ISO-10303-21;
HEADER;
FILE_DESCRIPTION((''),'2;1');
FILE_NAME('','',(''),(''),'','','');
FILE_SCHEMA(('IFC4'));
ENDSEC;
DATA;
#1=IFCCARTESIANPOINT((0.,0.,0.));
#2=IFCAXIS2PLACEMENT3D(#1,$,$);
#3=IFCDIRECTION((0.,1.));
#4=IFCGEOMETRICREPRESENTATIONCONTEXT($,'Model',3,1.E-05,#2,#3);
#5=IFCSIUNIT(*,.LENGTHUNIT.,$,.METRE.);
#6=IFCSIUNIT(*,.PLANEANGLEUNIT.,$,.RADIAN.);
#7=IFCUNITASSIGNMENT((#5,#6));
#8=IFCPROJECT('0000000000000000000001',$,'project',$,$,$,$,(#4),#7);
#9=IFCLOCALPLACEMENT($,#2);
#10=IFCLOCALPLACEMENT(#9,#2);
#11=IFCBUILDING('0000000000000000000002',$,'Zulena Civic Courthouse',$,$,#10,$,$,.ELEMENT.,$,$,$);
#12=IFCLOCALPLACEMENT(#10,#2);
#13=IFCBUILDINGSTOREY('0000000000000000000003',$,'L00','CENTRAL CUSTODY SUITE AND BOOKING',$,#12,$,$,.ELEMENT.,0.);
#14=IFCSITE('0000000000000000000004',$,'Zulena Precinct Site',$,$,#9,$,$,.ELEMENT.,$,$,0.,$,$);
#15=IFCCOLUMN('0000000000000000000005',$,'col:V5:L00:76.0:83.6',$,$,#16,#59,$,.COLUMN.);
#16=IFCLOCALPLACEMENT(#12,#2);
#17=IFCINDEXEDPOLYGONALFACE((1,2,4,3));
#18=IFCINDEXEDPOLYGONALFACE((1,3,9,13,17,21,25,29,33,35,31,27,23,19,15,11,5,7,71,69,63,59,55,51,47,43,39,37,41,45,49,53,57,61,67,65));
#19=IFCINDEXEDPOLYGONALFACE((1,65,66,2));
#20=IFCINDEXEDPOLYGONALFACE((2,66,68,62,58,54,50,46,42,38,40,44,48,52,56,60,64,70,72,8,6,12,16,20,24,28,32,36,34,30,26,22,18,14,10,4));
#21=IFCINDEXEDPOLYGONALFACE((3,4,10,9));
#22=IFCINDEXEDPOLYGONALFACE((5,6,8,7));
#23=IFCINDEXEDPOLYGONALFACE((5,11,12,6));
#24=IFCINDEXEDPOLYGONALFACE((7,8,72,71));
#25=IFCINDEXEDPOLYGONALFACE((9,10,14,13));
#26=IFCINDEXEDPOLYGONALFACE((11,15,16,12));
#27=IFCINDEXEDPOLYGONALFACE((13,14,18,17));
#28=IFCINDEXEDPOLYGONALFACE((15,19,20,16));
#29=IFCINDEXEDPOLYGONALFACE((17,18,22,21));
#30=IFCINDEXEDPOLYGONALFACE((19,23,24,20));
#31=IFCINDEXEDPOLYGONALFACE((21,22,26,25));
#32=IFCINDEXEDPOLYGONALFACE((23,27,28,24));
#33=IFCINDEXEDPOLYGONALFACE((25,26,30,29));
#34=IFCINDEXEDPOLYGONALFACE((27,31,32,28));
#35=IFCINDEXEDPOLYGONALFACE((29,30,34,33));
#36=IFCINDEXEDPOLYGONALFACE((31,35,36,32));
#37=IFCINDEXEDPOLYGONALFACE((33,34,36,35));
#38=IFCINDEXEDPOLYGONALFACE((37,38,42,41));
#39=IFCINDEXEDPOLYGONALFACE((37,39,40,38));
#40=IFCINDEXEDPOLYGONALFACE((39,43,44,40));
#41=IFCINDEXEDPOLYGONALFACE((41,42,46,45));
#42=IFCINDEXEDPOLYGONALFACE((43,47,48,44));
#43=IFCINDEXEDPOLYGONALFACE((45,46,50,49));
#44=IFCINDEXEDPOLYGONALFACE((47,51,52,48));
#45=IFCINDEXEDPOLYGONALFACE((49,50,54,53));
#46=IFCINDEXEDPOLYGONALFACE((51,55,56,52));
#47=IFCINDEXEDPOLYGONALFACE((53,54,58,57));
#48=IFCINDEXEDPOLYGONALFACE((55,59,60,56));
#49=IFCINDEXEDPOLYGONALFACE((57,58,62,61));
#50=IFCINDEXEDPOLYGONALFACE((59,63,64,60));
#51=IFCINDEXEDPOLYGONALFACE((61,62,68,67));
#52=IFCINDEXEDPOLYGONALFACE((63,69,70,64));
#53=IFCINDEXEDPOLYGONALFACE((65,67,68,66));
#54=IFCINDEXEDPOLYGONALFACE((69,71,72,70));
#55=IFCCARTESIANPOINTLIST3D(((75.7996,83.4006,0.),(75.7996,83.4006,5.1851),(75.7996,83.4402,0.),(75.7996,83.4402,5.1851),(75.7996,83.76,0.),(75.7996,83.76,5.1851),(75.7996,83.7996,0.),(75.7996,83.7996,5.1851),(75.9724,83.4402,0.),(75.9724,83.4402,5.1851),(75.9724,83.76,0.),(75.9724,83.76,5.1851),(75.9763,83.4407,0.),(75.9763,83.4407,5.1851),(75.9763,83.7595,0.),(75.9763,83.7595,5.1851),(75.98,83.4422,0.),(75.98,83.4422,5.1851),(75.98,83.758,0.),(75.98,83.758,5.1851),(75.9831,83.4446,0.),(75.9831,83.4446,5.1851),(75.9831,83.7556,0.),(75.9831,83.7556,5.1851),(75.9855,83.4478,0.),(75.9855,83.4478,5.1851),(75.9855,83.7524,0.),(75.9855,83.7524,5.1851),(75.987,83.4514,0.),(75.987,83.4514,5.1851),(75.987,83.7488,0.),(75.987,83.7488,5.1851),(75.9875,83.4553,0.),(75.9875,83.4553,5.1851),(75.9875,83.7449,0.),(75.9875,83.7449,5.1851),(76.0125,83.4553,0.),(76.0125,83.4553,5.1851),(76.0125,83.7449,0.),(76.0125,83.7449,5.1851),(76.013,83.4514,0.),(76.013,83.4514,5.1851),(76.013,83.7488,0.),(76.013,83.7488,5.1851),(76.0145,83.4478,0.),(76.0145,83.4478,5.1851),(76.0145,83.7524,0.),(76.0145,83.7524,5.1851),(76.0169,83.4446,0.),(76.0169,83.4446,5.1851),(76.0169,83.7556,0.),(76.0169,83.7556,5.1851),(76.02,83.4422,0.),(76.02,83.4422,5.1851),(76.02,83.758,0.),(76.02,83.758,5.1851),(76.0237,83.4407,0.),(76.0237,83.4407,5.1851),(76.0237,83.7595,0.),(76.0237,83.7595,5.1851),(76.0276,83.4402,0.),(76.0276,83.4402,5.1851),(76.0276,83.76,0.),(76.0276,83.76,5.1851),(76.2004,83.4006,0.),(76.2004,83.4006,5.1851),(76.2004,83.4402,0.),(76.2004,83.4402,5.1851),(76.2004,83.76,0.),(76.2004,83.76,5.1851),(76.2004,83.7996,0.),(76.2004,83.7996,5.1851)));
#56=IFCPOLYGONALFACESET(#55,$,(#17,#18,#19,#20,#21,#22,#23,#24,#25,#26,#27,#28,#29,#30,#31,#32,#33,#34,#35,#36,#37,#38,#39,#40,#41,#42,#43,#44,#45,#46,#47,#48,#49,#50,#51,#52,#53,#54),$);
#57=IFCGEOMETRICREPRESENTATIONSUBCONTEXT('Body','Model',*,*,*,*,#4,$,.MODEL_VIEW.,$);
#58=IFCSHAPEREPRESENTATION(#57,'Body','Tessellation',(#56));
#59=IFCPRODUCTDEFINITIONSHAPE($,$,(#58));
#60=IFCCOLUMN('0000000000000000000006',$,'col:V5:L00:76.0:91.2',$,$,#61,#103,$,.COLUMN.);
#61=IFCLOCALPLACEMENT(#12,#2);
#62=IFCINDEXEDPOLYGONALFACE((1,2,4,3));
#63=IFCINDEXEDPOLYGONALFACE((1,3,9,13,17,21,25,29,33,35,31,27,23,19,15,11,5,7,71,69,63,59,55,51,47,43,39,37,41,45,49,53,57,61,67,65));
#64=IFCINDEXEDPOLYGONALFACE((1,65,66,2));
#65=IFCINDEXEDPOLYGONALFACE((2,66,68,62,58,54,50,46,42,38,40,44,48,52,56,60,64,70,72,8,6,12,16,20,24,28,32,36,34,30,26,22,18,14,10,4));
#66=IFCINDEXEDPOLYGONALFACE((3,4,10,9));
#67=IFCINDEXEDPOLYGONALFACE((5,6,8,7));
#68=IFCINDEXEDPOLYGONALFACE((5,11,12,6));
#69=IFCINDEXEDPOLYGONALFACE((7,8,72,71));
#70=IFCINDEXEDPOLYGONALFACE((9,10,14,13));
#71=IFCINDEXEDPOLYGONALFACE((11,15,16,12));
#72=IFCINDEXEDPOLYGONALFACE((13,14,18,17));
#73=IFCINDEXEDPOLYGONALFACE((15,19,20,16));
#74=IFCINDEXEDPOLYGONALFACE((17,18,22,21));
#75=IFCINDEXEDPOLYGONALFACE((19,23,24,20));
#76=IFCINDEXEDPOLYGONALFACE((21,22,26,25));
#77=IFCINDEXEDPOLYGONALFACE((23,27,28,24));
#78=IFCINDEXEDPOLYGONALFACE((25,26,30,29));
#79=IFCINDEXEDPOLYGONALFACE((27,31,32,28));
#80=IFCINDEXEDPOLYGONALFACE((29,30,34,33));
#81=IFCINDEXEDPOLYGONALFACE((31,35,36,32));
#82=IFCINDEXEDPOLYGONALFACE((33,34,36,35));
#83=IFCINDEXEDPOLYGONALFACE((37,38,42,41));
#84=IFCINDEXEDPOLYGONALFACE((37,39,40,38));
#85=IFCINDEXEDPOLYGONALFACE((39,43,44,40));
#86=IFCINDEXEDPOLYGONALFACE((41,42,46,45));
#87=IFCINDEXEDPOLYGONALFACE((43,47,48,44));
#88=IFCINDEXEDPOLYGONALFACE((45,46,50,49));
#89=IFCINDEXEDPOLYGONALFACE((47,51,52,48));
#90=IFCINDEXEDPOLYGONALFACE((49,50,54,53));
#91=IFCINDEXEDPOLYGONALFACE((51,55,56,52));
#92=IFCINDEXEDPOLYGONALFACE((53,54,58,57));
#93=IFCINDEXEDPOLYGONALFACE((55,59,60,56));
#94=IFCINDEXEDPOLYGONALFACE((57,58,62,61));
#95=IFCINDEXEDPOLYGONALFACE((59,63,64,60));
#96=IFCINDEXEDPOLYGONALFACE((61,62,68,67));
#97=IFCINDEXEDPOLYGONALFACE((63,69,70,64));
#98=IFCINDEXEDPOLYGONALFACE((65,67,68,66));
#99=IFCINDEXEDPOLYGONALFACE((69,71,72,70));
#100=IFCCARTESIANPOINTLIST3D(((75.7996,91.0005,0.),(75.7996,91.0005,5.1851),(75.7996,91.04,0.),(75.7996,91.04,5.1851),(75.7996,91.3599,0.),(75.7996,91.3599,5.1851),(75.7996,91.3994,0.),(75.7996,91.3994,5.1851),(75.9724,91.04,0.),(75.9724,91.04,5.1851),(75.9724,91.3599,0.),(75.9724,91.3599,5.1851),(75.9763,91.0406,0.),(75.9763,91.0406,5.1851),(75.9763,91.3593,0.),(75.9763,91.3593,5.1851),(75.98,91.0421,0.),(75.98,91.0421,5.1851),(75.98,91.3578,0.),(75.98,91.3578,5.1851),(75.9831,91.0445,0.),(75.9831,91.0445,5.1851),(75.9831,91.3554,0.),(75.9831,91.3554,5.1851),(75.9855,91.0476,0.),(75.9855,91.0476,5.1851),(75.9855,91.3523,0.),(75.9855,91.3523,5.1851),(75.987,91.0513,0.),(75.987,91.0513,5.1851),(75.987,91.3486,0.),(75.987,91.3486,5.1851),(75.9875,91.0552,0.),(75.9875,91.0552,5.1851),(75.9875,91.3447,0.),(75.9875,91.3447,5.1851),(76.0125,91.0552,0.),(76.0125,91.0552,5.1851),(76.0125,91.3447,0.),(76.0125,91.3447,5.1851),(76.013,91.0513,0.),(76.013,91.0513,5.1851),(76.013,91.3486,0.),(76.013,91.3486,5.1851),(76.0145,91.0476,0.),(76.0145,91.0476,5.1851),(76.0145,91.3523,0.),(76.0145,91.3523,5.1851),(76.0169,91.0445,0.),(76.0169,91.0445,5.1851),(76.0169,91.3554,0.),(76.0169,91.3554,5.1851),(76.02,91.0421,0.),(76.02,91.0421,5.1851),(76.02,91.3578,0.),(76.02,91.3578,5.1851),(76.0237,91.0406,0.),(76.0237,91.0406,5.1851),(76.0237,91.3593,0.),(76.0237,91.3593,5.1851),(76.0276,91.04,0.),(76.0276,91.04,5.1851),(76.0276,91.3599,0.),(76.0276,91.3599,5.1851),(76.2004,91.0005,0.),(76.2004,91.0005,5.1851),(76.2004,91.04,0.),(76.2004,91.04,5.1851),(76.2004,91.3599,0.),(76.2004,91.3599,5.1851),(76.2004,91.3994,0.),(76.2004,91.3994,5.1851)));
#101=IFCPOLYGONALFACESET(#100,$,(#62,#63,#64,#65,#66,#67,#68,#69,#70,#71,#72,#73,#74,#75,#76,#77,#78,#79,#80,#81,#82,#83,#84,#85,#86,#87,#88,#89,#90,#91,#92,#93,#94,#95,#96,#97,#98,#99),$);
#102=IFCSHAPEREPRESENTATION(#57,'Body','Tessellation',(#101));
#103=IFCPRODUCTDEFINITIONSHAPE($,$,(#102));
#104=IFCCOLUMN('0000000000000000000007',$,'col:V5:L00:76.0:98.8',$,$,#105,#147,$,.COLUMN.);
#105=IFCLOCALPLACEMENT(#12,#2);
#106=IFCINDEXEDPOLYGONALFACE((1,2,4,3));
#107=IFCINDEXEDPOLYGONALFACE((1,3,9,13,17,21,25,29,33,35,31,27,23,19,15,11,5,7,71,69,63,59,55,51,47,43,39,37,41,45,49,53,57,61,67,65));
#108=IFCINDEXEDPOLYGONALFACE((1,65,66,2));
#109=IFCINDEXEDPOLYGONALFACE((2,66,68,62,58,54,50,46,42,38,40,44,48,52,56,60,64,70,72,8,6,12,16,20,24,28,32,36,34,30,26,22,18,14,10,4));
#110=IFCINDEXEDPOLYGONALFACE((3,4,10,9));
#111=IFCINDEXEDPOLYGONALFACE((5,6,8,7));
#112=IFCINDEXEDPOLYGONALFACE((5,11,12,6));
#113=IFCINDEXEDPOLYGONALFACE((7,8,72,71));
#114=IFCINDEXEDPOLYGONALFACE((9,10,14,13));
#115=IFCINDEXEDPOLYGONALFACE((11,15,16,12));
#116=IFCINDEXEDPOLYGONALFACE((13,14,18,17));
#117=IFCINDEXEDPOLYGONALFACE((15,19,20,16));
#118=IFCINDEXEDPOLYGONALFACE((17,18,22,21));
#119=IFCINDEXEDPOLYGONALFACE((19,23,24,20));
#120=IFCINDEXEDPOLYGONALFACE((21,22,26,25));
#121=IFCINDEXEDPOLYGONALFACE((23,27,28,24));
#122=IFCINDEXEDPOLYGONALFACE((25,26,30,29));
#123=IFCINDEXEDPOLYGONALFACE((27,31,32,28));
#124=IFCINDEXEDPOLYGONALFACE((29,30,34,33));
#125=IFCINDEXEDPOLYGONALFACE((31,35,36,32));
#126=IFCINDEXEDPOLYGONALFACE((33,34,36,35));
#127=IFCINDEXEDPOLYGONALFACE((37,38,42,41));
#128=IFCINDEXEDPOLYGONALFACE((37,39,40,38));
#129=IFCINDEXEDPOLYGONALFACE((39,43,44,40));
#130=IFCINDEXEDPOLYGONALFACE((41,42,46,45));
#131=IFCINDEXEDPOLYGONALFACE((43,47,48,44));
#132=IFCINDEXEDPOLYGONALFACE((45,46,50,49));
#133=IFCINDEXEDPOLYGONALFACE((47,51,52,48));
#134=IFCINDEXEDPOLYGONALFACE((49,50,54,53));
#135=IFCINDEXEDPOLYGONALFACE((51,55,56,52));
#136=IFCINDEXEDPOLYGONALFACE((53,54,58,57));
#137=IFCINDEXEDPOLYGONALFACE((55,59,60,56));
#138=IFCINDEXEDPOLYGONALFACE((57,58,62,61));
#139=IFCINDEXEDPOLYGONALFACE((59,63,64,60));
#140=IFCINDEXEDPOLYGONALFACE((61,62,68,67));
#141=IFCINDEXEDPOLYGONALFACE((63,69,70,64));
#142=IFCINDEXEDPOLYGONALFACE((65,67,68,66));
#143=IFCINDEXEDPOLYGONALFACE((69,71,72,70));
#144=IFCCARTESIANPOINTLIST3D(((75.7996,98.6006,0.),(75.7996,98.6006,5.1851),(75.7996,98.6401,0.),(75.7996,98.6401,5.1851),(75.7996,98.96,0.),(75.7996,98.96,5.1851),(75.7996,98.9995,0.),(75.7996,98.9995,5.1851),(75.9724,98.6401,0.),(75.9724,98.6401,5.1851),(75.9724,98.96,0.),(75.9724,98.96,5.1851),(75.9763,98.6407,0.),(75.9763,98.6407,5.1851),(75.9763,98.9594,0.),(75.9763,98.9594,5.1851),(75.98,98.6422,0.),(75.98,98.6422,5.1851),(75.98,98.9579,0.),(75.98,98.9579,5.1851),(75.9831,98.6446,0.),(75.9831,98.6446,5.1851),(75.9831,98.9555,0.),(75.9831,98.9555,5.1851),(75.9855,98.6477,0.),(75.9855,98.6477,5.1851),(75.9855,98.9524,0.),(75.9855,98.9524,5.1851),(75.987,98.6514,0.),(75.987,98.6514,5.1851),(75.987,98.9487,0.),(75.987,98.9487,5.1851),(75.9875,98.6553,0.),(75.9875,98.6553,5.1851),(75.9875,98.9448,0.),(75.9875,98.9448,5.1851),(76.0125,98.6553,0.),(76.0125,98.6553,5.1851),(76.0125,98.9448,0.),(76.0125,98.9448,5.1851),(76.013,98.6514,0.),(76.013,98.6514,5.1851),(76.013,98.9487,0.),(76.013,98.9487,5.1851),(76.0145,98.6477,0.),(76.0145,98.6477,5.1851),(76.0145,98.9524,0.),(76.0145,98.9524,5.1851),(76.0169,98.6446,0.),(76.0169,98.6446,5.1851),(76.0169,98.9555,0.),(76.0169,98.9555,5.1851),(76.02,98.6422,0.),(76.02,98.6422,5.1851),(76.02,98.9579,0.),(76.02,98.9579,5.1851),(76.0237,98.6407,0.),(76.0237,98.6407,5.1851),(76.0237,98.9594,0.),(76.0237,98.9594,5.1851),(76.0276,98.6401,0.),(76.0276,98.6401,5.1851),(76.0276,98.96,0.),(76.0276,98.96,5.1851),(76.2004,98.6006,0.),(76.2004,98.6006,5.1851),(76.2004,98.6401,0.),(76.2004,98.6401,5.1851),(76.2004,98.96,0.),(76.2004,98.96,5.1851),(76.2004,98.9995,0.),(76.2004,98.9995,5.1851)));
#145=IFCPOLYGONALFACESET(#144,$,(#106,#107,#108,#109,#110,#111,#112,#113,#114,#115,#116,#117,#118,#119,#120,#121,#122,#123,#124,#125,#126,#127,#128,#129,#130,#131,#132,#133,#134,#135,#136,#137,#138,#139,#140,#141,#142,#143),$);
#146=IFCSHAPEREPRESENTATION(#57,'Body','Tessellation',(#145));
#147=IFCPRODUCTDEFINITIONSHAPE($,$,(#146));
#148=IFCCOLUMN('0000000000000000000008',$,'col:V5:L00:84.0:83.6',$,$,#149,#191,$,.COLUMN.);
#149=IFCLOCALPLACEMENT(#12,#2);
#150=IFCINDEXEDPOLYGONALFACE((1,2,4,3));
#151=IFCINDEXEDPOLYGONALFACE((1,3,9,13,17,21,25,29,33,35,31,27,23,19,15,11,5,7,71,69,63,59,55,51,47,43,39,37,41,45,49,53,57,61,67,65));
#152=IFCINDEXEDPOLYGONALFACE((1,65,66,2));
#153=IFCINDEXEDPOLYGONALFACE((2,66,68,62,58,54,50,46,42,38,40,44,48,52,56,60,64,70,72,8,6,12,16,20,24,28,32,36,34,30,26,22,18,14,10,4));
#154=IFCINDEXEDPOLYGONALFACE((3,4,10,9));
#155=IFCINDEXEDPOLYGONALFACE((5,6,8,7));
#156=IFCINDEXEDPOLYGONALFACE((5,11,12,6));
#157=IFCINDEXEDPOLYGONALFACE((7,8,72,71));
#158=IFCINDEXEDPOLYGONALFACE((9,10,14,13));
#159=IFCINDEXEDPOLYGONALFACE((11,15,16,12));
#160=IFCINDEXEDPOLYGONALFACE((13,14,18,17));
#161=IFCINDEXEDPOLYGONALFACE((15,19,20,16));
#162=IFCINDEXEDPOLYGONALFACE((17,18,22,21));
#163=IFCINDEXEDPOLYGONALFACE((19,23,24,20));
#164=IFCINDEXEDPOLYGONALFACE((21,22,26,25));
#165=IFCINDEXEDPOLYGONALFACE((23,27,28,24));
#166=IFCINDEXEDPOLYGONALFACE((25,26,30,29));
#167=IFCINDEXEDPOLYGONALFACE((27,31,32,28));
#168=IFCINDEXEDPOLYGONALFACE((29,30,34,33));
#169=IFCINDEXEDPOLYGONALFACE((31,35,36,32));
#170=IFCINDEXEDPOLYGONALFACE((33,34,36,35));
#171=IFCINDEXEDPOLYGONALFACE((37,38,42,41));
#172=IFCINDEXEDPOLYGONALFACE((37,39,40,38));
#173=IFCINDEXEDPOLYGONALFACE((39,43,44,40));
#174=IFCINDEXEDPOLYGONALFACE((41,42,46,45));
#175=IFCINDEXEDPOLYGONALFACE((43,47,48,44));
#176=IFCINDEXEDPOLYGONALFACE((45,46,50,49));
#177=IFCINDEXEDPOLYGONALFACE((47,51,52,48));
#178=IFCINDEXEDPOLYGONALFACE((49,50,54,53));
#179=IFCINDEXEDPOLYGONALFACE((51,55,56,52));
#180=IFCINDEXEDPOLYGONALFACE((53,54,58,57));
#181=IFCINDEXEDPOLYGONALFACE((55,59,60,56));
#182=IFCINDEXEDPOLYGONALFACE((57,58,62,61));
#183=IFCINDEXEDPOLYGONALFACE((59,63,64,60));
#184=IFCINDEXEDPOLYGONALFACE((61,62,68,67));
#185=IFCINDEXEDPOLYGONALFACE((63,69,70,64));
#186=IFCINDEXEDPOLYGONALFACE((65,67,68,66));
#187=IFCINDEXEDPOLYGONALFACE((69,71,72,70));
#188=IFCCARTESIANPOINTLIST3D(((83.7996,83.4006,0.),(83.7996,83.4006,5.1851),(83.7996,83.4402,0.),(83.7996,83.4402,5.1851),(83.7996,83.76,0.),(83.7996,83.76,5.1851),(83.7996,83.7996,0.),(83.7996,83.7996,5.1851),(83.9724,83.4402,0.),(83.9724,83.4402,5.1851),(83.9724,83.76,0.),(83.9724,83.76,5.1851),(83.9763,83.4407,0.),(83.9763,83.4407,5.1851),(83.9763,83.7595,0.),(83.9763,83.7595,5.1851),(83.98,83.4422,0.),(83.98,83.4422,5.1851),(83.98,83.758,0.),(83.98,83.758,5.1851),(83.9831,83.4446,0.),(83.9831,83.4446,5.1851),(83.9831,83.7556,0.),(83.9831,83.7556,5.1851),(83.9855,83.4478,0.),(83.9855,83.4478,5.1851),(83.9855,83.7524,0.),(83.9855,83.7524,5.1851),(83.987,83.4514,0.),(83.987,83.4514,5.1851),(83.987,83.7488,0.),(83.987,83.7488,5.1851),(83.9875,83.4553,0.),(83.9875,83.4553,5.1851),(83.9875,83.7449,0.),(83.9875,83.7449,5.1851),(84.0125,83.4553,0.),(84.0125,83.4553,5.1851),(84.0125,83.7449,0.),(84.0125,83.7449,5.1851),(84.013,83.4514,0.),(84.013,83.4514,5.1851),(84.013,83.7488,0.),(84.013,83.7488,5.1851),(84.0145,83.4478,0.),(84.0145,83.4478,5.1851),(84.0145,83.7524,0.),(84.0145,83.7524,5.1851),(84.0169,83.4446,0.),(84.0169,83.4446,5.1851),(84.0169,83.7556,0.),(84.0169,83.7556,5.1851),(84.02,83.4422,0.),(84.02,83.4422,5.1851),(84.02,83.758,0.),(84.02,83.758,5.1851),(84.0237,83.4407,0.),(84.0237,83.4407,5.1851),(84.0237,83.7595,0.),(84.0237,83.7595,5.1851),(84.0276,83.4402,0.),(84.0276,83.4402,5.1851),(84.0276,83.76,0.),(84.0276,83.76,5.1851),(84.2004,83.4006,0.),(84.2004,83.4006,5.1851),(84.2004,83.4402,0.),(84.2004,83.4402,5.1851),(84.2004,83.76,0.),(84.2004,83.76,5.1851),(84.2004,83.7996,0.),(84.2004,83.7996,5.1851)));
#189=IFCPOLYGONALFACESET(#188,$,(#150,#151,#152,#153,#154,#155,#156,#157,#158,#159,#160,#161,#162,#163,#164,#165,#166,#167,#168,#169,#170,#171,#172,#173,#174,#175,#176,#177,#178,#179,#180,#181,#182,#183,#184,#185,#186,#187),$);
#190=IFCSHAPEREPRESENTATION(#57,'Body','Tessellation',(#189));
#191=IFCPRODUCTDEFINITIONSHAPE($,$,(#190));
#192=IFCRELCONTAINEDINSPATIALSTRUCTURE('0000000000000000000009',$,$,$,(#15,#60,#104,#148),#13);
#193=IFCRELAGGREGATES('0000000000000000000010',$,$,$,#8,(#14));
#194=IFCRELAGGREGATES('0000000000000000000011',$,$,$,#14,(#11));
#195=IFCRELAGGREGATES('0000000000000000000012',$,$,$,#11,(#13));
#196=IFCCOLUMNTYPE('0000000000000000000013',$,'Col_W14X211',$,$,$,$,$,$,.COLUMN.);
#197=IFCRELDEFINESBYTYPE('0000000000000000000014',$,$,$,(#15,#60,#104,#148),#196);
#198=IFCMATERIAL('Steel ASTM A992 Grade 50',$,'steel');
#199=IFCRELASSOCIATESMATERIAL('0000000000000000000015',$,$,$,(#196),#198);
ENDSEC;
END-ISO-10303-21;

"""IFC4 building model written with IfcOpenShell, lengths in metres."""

from ifc_helpers import new_model, si_unit, direction, frame, origin, origin_2d, place, context, subcontext, project, spatial, i_section, extrude, material, material_profile, profile_set, type_object, element, save


model = new_model("IFC4")

# Units and contexts
model_context = context("Model", 3, precision=1e-05, world=origin(), true_north=direction((0.0, 1.0)))
body_context = subcontext(model_context, "Body", "Model", "MODEL_VIEW")
ifc_project = project(units=[si_unit("LENGTHUNIT", "METRE"), si_unit("PLANEANGLEUNIT", "RADIAN")], contexts=[model_context])

# Site, building, storey
site_placement = place(None, origin())
site = spatial("IfcSite", under=ifc_project, at=site_placement, Name="Zulena Precinct Site", CompositionType="ELEMENT", RefElevation=0.0)
building_placement = place(site_placement, origin())
building = spatial("IfcBuilding", under=site, at=building_placement, Name="Zulena Civic Courthouse", CompositionType="ELEMENT")
storey_placement = place(building_placement, origin())
storey = spatial("IfcBuildingStorey", under=building, at=storey_placement, Name="L00", Description="CENTRAL CUSTODY SUITE AND BOOKING", CompositionType="ELEMENT", Elevation=0.0)

# Columns
ifc_material_1 = material(Name="Steel ASTM A992 Grade 50", Category="steel")
ifc_material_profile_1 = material_profile(ifc_material_1, i_section(OverallWidth=0.4009, OverallDepth=0.3989, WebThickness=0.0249, FlangeThickness=0.0396, FilletRadius=0.0151, at=origin_2d()), Name="W14X211")
ifc_profile_set_1 = profile_set([ifc_material_profile_1], Name="Steel ASTM A992 Grade 50")
column_type = type_object("IfcColumnType", Name="Col_W14X211", PredefinedType="COLUMN", material=ifc_profile_set_1)
for number, where, z_axis, x_axis, name in (
    (1, (76.0, 83.6001, 0.0), (0.0, 0.0, 1.0), (1.0, 0.0, 0.0), "col:V5:L00:76.0:83.6"),
    (2, (76.0, 91.2, 0.0), (0.0, 0.0, 1.0), (1.0, 0.0, 0.0), "col:V5:L00:76.0:91.2"),
    (3, (76.0, 98.8, 0.0), (0.0, 0.0, 1.0), (1.0, 0.0, 0.0), "col:V5:L00:76.0:98.8"),
    (4, (84.0, 83.6001, 0.0), (0.0, 0.0, 1.0), (1.0, 0.0, 0.0), "col:V5:L00:84.0:83.6"),
):
    element("IfcColumn", number, at=place(storey_placement, frame(where, z_axis=z_axis, x_axis=x_axis)), inside=storey, type_object=column_type, Name=name, PredefinedType="COLUMN", context=body_context, shape_type="SweptSolid", body=[
        extrude(i_section(OverallWidth=0.4009, OverallDepth=0.3989, WebThickness=0.0249, FlangeThickness=0.0396, FilletRadius=0.0151, at=origin_2d()), origin(), (0.0, 0.0, 1.0), 5.1851),
    ])

save(model, "model.ifc")
